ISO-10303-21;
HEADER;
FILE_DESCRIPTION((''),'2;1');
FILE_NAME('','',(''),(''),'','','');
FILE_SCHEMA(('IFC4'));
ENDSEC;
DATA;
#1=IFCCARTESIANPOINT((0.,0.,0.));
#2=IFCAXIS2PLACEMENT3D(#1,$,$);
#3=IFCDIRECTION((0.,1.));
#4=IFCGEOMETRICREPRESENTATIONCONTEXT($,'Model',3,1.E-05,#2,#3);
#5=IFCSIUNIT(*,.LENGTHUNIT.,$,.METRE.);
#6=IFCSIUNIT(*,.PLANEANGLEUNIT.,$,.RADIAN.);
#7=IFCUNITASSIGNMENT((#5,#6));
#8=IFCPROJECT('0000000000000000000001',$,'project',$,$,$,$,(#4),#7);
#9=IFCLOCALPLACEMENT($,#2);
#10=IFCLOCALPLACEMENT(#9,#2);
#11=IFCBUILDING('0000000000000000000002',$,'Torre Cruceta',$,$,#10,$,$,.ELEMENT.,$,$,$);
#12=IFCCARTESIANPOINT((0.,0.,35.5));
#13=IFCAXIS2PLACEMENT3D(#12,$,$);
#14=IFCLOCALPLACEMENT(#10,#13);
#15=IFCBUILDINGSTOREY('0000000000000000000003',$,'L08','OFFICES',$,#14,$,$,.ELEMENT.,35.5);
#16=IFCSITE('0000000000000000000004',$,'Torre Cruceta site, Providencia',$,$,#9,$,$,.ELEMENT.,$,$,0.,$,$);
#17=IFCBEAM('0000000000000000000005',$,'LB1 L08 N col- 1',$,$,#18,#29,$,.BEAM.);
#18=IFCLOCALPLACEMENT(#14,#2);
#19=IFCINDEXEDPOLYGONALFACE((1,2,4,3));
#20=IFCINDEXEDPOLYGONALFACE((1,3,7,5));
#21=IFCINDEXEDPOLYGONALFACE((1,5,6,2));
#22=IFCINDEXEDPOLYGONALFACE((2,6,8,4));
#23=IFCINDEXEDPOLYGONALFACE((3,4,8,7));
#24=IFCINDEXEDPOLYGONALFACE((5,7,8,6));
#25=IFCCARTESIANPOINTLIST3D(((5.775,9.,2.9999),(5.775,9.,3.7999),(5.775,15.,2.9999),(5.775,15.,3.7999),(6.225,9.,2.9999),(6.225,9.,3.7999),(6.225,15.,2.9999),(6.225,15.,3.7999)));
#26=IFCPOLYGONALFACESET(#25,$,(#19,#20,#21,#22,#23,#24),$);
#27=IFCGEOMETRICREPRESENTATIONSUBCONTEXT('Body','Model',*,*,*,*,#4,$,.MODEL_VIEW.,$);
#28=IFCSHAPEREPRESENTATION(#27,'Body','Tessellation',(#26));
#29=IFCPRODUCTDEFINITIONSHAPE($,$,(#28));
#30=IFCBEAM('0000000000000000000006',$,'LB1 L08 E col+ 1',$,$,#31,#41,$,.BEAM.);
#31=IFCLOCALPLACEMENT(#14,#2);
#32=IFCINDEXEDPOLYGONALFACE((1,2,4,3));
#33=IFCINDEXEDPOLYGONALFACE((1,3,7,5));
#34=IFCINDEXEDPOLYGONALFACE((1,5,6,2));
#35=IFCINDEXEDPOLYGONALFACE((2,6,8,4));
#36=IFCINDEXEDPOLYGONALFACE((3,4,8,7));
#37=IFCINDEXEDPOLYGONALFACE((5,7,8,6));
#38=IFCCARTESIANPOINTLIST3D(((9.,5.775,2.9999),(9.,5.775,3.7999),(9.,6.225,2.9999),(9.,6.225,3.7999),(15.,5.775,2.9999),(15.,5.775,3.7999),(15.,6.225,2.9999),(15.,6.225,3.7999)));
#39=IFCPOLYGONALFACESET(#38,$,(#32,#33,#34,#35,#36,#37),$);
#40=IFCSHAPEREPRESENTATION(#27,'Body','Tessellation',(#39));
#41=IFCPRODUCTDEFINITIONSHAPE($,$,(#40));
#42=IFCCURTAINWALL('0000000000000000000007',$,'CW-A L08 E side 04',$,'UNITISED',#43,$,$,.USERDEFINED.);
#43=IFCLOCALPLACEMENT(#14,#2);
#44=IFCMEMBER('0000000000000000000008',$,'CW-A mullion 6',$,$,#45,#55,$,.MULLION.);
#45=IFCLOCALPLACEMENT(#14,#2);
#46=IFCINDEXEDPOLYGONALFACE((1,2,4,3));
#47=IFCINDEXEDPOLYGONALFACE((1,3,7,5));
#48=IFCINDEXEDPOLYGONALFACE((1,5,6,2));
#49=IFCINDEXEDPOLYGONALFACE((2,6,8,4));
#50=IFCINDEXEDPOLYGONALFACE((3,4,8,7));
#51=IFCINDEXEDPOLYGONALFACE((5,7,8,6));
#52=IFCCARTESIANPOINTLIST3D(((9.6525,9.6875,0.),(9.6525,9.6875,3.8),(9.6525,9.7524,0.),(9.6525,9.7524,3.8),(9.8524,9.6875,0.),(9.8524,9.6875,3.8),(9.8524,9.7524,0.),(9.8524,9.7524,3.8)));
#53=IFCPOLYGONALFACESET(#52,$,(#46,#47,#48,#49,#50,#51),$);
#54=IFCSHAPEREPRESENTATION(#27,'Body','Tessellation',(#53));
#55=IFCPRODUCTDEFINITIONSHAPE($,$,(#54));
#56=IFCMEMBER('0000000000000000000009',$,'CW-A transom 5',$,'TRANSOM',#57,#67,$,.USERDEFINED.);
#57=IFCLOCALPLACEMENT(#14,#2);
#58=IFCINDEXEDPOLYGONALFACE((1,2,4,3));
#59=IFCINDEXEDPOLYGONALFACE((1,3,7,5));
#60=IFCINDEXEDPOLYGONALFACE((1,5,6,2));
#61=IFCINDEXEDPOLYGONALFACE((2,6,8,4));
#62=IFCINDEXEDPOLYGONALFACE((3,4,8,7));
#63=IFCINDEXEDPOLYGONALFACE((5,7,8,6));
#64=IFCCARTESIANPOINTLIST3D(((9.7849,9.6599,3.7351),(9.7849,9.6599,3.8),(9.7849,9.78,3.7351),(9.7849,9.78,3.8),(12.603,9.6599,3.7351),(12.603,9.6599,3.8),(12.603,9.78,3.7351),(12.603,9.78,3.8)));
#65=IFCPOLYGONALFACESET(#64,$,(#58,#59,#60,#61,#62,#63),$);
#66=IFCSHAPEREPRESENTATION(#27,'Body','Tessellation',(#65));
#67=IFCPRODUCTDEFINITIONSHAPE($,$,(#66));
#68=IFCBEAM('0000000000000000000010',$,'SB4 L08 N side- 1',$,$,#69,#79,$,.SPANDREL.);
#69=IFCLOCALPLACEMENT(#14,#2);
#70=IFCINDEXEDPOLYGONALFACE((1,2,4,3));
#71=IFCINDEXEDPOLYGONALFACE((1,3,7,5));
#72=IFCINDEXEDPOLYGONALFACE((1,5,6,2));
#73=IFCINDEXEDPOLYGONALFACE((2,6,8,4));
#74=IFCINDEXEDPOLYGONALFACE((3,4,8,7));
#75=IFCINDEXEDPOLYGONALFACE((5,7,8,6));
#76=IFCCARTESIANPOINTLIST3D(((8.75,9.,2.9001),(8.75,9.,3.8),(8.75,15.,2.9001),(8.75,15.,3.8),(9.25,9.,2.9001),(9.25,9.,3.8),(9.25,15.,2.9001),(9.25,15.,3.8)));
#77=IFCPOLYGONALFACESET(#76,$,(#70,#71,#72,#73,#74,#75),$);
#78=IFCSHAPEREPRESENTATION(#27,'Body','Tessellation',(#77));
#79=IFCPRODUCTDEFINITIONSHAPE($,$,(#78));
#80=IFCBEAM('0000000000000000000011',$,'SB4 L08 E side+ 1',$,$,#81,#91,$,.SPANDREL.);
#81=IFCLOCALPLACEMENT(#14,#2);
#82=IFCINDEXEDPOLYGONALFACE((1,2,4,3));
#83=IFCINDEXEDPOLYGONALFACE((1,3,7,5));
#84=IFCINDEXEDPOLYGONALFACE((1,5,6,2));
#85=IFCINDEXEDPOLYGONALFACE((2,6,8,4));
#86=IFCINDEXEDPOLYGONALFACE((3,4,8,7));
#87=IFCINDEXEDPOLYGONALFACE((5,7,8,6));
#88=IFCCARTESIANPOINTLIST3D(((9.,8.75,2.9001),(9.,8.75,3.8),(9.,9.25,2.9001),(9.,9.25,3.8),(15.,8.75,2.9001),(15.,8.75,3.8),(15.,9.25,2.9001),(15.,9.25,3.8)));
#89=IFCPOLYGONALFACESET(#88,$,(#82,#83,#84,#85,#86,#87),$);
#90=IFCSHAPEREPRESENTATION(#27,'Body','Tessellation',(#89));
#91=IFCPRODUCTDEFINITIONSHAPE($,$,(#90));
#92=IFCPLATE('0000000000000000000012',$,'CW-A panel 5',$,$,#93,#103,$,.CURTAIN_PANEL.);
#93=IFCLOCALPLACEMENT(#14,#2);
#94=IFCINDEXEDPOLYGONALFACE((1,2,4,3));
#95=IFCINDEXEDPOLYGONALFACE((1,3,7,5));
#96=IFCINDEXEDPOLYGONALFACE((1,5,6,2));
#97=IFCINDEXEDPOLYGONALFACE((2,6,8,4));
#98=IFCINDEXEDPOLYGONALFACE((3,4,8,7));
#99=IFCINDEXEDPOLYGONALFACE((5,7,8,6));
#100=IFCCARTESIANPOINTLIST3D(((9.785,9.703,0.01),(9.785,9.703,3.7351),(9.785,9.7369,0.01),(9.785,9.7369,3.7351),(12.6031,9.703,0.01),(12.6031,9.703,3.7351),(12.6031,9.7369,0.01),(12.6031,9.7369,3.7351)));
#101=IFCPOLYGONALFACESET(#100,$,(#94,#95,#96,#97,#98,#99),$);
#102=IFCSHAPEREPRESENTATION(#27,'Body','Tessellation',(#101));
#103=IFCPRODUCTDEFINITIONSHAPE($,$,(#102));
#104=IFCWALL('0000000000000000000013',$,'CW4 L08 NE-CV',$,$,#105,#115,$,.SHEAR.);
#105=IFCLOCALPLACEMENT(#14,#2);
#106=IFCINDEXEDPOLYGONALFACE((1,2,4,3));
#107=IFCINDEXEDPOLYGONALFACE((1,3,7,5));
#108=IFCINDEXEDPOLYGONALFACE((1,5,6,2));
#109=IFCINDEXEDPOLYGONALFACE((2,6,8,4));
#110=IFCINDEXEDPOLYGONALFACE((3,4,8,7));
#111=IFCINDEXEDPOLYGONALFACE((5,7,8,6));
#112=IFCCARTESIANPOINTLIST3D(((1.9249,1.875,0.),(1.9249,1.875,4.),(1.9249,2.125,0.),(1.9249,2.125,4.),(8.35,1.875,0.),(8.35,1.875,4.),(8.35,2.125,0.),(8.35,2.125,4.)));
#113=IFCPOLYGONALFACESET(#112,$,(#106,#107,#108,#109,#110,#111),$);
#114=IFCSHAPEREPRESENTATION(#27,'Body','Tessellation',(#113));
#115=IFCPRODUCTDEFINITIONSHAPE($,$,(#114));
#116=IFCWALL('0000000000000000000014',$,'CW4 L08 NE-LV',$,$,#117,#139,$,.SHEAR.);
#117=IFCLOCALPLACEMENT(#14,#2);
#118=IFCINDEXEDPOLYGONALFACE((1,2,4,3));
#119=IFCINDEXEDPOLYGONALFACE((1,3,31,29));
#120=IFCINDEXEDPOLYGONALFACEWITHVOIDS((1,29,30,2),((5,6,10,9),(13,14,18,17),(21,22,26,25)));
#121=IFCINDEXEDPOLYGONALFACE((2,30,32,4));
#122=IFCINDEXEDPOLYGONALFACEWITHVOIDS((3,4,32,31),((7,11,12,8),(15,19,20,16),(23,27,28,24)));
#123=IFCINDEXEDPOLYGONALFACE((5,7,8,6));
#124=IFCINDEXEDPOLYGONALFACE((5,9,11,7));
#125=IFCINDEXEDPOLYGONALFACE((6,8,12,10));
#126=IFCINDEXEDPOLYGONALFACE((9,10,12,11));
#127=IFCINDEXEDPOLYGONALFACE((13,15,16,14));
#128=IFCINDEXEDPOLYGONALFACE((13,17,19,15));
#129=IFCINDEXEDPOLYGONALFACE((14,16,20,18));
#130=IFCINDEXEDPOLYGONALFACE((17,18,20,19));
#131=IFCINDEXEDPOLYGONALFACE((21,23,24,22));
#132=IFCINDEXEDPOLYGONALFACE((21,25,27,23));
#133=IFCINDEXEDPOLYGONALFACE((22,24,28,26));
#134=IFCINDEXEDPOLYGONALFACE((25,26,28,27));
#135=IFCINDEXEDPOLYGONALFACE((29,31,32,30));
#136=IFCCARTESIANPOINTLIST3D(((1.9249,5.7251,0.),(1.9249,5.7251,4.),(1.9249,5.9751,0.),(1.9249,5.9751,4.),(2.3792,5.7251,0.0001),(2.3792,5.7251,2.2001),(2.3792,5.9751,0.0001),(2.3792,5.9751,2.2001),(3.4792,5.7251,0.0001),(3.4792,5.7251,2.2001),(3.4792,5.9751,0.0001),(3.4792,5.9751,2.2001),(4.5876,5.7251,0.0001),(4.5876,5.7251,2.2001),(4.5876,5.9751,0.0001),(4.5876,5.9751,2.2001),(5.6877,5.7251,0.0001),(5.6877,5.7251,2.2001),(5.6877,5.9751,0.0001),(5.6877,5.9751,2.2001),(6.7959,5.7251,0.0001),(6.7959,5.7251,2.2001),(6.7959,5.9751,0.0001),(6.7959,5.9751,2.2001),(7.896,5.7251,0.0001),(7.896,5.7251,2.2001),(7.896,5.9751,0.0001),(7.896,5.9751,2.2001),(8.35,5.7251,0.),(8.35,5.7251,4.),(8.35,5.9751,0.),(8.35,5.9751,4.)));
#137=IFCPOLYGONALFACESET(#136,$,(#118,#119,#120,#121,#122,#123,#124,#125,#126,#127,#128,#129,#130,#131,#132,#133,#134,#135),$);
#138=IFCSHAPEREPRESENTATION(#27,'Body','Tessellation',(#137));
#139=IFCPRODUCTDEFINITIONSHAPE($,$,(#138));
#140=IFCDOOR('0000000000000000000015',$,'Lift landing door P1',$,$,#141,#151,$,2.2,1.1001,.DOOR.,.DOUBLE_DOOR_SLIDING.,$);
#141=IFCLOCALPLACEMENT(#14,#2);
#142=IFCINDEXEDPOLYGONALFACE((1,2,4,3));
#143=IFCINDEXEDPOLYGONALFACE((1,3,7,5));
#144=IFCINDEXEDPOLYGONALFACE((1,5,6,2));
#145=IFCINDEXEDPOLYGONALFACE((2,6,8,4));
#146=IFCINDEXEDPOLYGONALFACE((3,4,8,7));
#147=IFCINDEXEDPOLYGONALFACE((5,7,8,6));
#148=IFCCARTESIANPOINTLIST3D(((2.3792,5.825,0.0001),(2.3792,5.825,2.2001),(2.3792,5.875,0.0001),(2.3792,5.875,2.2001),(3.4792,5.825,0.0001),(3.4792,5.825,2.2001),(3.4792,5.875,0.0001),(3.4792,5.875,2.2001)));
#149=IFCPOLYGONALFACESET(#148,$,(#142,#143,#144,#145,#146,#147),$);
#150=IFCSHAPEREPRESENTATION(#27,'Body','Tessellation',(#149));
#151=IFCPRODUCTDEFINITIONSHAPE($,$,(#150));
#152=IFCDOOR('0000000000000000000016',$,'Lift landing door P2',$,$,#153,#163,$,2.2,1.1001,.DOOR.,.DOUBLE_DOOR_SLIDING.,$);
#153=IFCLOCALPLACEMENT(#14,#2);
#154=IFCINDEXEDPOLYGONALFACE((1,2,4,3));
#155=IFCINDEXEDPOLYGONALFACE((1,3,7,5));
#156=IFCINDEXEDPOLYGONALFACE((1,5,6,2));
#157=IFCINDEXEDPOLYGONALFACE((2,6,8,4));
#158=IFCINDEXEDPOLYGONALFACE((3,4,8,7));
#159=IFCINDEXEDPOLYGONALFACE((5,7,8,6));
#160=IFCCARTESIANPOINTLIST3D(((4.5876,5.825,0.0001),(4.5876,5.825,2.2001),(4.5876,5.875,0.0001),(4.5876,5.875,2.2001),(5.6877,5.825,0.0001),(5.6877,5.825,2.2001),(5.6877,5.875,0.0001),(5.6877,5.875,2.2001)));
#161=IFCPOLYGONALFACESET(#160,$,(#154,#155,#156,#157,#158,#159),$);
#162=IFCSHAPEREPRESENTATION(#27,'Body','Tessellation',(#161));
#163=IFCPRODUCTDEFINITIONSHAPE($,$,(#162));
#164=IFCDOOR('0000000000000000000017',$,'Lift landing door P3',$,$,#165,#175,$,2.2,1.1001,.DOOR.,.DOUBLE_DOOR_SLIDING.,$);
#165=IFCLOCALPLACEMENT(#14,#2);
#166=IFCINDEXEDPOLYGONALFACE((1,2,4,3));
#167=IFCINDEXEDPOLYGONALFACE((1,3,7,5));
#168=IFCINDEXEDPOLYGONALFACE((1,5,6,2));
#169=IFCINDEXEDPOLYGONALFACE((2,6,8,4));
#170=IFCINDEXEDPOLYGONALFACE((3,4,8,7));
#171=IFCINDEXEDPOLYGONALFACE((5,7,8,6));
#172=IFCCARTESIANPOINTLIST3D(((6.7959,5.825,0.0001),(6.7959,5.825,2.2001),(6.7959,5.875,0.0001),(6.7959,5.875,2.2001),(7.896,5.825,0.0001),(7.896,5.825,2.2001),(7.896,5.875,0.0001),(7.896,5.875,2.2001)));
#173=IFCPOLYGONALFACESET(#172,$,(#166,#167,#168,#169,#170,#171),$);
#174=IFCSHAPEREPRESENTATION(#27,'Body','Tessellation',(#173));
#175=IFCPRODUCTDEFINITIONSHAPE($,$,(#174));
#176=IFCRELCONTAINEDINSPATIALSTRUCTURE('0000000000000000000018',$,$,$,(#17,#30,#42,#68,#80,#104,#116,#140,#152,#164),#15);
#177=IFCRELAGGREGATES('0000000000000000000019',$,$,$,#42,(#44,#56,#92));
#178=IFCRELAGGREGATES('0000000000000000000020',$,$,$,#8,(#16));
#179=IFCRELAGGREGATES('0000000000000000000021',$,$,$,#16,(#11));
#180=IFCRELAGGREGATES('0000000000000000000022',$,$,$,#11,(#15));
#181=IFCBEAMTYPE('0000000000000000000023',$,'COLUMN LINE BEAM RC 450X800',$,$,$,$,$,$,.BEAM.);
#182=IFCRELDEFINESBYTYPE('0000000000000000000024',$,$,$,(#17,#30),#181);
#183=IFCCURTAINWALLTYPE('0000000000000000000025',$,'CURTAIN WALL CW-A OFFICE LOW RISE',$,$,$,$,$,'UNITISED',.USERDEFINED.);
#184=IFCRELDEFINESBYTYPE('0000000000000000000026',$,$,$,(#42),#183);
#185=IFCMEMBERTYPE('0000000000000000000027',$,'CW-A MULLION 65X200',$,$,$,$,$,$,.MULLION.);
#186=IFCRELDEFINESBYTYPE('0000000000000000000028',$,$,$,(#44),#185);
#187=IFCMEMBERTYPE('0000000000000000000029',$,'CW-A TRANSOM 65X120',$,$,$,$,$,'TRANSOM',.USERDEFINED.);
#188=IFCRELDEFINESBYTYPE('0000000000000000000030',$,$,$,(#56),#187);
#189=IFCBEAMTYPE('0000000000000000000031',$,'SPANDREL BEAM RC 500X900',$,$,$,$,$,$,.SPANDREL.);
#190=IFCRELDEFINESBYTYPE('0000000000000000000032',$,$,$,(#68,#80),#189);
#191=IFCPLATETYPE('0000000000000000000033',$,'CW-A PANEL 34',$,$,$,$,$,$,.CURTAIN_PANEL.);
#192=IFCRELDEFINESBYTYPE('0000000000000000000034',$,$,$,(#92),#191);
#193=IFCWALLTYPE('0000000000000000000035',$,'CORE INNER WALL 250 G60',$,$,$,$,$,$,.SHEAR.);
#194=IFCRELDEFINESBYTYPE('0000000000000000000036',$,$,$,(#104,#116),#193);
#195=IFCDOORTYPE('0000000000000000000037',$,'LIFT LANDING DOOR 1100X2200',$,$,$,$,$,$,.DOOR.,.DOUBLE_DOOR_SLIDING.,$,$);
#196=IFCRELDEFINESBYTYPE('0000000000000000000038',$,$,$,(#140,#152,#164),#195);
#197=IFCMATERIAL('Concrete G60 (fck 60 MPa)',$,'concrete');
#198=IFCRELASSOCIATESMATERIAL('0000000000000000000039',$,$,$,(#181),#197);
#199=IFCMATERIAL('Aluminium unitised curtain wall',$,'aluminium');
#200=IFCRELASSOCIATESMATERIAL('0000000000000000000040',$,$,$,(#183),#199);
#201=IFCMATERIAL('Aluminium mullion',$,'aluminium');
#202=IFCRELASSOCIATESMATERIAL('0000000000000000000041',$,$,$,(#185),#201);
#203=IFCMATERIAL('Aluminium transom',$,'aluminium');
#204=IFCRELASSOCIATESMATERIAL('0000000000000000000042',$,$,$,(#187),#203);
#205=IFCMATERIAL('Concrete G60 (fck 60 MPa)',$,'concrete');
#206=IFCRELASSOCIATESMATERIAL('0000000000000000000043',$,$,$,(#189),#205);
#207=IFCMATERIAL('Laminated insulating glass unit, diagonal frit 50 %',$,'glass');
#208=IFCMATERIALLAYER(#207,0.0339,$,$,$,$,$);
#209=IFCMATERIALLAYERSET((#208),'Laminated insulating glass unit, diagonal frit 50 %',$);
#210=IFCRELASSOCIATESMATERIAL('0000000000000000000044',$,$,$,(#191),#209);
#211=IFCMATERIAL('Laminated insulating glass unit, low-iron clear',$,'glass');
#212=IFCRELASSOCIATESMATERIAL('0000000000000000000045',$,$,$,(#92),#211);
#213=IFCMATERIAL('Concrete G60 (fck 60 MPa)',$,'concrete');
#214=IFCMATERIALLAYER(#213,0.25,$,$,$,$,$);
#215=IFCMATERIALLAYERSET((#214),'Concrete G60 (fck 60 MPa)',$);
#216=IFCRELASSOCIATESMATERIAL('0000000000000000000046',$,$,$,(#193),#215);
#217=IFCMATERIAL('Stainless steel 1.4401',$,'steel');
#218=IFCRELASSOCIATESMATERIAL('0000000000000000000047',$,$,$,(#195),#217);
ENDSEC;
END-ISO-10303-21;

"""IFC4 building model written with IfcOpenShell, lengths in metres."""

from ifc_helpers import new_model, si_unit, direction, frame, frame_2d, origin, origin_2d, place, context, subcontext, project, spatial, rectangle, extrude, material, layer, layer_set, material_profile, profile_set, type_object, element, fill, aggregate, save


model = new_model("IFC4")

# Units and contexts
model_context = context("Model", 3, precision=1e-05, world=origin(), true_north=direction((0.0, 1.0)))
body_context = subcontext(model_context, "Body", "Model", "MODEL_VIEW")
ifc_project = project(units=[si_unit("LENGTHUNIT", "METRE"), si_unit("PLANEANGLEUNIT", "RADIAN")], contexts=[model_context])

# Site, building, storey
site_placement = place(None, origin())
site = spatial("IfcSite", under=ifc_project, at=site_placement, Name="Torre Cruceta site, Providencia", CompositionType="ELEMENT", RefElevation=0.0)
building_placement = place(site_placement, origin())
building = spatial("IfcBuilding", under=site, at=building_placement, Name="Torre Cruceta", CompositionType="ELEMENT")
storey_placement = place(building_placement, frame((0.0, 0.0, 35.5)))
storey = spatial("IfcBuildingStorey", under=building, at=storey_placement, Name="L08", Description="OFFICES", CompositionType="ELEMENT", Elevation=35.5)

# Beams
ifc_material_1 = material(Name="Concrete G60 (fck 60 MPa)", Category="concrete")
ifc_material_profile_1 = material_profile(ifc_material_1, rectangle(XDim=0.45, YDim=0.8, at=origin_2d()), Name="RC 450X800")
ifc_profile_set_1 = profile_set([ifc_material_profile_1], Name="Concrete G60 (fck 60 MPa)")
beam_type_1 = type_object("IfcBeamType", Name="COLUMN LINE BEAM RC 450X800", PredefinedType="BEAM", material=ifc_profile_set_1)
for number, where, z_axis, x_axis, name in (
    (1, (6.0, 9.0, 3.3999), (0.0, 1.0, 0.0), (-1.0, 0.0, 0.0), "LB1 L08 N col- 1"),
    (2, (9.0, 6.0, 3.3999), (1.0, 0.0, 0.0), (0.0, 1.0, 0.0), "LB1 L08 E col+ 1"),
):
    element("IfcBeam", number, at=place(storey_placement, frame(where, z_axis=z_axis, x_axis=x_axis)), inside=storey, type_object=beam_type_1, Name=name, PredefinedType="BEAM", context=body_context, shape_type="SweptSolid", body=[
        extrude(rectangle(XDim=0.45, YDim=0.8, at=origin_2d()), origin(), (0.0, 0.0, 1.0), 6.0),
    ])

# Curtain wall, members
ifc_material_2 = material(Name="Aluminium unitised curtain wall", Category="aluminium")
curtain_wall_type = type_object("IfcCurtainWallType", Name="CURTAIN WALL CW-A OFFICE LOW RISE", ElementType="UNITISED", PredefinedType="USERDEFINED", material=ifc_material_2)
curtain_wall_placement = place(storey_placement, origin())
curtain_wall = element("IfcCurtainWall", 3, at=curtain_wall_placement, inside=storey, type_object=curtain_wall_type, Name="CW-A L08 E side 04", ObjectType="UNITISED", PredefinedType="USERDEFINED")
ifc_material_3 = material(Name="Aluminium mullion", Category="aluminium")
ifc_material_profile_2 = material_profile(ifc_material_3, rectangle(XDim=0.0649, YDim=0.2, at=origin_2d()), Name="AL 65X200")
ifc_profile_set_2 = profile_set([ifc_material_profile_2], Name="Aluminium mullion")
member_type_1 = type_object("IfcMemberType", Name="CW-A MULLION 65X200", PredefinedType="MULLION", material=ifc_profile_set_2)
member_1_placement = place(storey_placement, frame((9.7524, 9.72, 0.0), z_axis=(0.0, 0.0, 1.0), x_axis=(0.0, -1.0, 0.0)))
member_1 = element("IfcMember", 4, at=member_1_placement, type_object=member_type_1, Name="CW-A mullion 6", PredefinedType="MULLION", context=body_context, shape_type="SweptSolid", body=[
    extrude(rectangle(XDim=0.0649, YDim=0.2, at=origin_2d()), origin(), (0.0, 0.0, 1.0), 3.8),
])
ifc_material_4 = material(Name="Aluminium transom", Category="aluminium")
ifc_material_profile_3 = material_profile(ifc_material_4, rectangle(XDim=0.1201, YDim=0.0649, at=origin_2d()), Name="AL 120X65")
ifc_profile_set_3 = profile_set([ifc_material_profile_3], Name="Aluminium transom")
member_type_2 = type_object("IfcMemberType", Name="CW-A TRANSOM 65X120", ElementType="TRANSOM", PredefinedType="USERDEFINED", material=ifc_profile_set_3)
member_2_placement = place(storey_placement, frame((12.603, 9.72, 3.7676), z_axis=(-1.0, 0.0, 0.0), x_axis=(0.0, -1.0, 0.0)))
member_2 = element("IfcMember", 5, at=member_2_placement, type_object=member_type_2, Name="CW-A transom 5", ObjectType="TRANSOM", PredefinedType="USERDEFINED", context=body_context, shape_type="SweptSolid", body=[
    extrude(rectangle(XDim=0.1201, YDim=0.0649, at=origin_2d()), origin(), (0.0, 0.0, 1.0), 2.8181),
])

# Beams
ifc_material_5 = material(Name="Concrete G60 (fck 60 MPa)", Category="concrete")
ifc_material_profile_4 = material_profile(ifc_material_5, rectangle(XDim=0.5, YDim=0.8999, at=origin_2d()), Name="RC 500X900")
ifc_profile_set_4 = profile_set([ifc_material_profile_4], Name="Concrete G60 (fck 60 MPa)")
beam_type_2 = type_object("IfcBeamType", Name="SPANDREL BEAM RC 500X900", PredefinedType="SPANDREL", material=ifc_profile_set_4)
for number, where, z_axis, x_axis, name in (
    (6, (9.0, 9.0, 3.3501), (0.0, 1.0, 0.0), (-1.0, 0.0, 0.0), "SB4 L08 N side- 1"),
    (7, (9.0, 9.0, 3.3501), (1.0, 0.0, 0.0), (0.0, 1.0, 0.0), "SB4 L08 E side+ 1"),
):
    element("IfcBeam", number, at=place(storey_placement, frame(where, z_axis=z_axis, x_axis=x_axis)), inside=storey, type_object=beam_type_2, Name=name, PredefinedType="SPANDREL", context=body_context, shape_type="SweptSolid", body=[
        extrude(rectangle(XDim=0.5, YDim=0.8999, at=origin_2d()), origin(), (0.0, 0.0, 1.0), 6.0),
    ])

# Plate
ifc_material_6 = material(Name="Laminated insulating glass unit, low-iron clear", Category="glass")
ifc_material_7 = material(Name="Laminated insulating glass unit, diagonal frit 50 %", Category="glass")
ifc_layer_1 = layer(ifc_material_7, 0.0339)
ifc_layer_set_1 = layer_set([ifc_layer_1], Name="Laminated insulating glass unit, diagonal frit 50 %")
plate_type = type_object("IfcPlateType", Name="CW-A PANEL 34", PredefinedType="CURTAIN_PANEL", material=ifc_layer_set_1)
plate_placement = place(storey_placement, frame((11.1941, 9.72, 0.01), z_axis=(0.0, 0.0, 1.0), x_axis=(-1.0, 0.0, 0.0)))
plate = element("IfcPlate", 8, at=plate_placement, type_object=plate_type, material=ifc_material_6, Name="CW-A panel 5", PredefinedType="CURTAIN_PANEL", context=body_context, shape_type="SweptSolid", body=[
    extrude(rectangle(XDim=2.8181, YDim=0.0339, at=origin_2d()), origin(), (0.0, 0.0, 1.0), 3.7251),
])
aggregate(curtain_wall, [member_1, member_2, plate])

# Shared definitions
ifc_material_8 = material(Name="Concrete G60 (fck 60 MPa)", Category="concrete")
ifc_layer_2 = layer(ifc_material_8, 0.25)
ifc_layer_set_2 = layer_set([ifc_layer_2], Name="Concrete G60 (fck 60 MPa)")
wall_type_1 = type_object("IfcWallType", Name="CORE INNER WALL 250 G60", PredefinedType="SHEAR", material=ifc_layer_set_2)

# Wall
wall_1_placement = place(storey_placement, frame((1.925, 2.0, 0.0), z_axis=(0.0, 0.0, 1.0), x_axis=(1.0, 0.0, 0.0)))
element("IfcWall", 9, at=wall_1_placement, inside=storey, type_object=wall_type_1, Name="CW4 L08 NE-CV", PredefinedType="SHEAR", context=body_context, shape_type="SweptSolid", body=[
    extrude(rectangle(XDim=6.425, YDim=0.25, at=frame_2d((3.2124, 0.0))), origin(), (0.0, 0.0, 1.0), 4.0),
])

# Wall, openings, doors
wall_2_placement = place(storey_placement, frame((1.925, 5.8501, 0.0), z_axis=(0.0, 0.0, 1.0), x_axis=(1.0, 0.0, 0.0)))
wall_2 = element("IfcWall", 10, at=wall_2_placement, inside=storey, type_object=wall_type_1, Name="CW4 L08 NE-LV", PredefinedType="SHEAR", context=body_context, shape_type="SweptSolid", body=[
    extrude(rectangle(XDim=6.425, YDim=0.25, at=frame_2d((3.2124, 0.0))), origin(), (0.0, 0.0, 1.0), 4.0),
])
opening_1_placement = place(wall_2_placement, frame((0.4541, 0.0, 0.0)))
opening_1 = element("IfcOpeningElement", 11, at=opening_1_placement, cuts=wall_2, PredefinedType="OPENING", context=body_context, shape_type="SweptSolid", body=[
    extrude(rectangle(XDim=1.1001, YDim=2.2, at=frame_2d((0.55, 1.1001))), frame((0.0, 0.135, 0.0), z_axis=(0.0, -1.0, 0.0), x_axis=(1.0, 0.0, 0.0)), (0.0, 0.0, 1.0), 0.27),
])
opening_2_placement = place(wall_2_placement, frame((2.6626, 0.0, 0.0)))
opening_2 = element("IfcOpeningElement", 12, at=opening_2_placement, cuts=wall_2, PredefinedType="OPENING", context=body_context, shape_type="SweptSolid", body=[
    extrude(rectangle(XDim=1.1001, YDim=2.2, at=frame_2d((0.55, 1.1001))), frame((0.0, 0.135, 0.0), z_axis=(0.0, -1.0, 0.0), x_axis=(1.0, 0.0, 0.0)), (0.0, 0.0, 1.0), 0.27),
])
opening_3_placement = place(wall_2_placement, frame((4.8708, 0.0, 0.0)))
opening_3 = element("IfcOpeningElement", 13, at=opening_3_placement, cuts=wall_2, PredefinedType="OPENING", context=body_context, shape_type="SweptSolid", body=[
    extrude(rectangle(XDim=1.1001, YDim=2.2, at=frame_2d((0.55, 1.1001))), frame((0.0, 0.135, 0.0), z_axis=(0.0, -1.0, 0.0), x_axis=(1.0, 0.0, 0.0)), (0.0, 0.0, 1.0), 0.27),
])
ifc_material_9 = material(Name="Stainless steel 1.4401", Category="steel")
door_type_1 = type_object("IfcDoorType", Name="LIFT LANDING DOOR 1100X2200", OperationType="DOUBLE_DOOR_SLIDING", PredefinedType="DOOR", material=ifc_material_9)
door_1_placement = place(opening_1_placement, origin())
door_1 = element("IfcDoor", 14, at=door_1_placement, inside=storey, type_object=door_type_1, Name="Lift landing door P1", OperationType="DOUBLE_DOOR_SLIDING", OverallHeight=2.2, OverallWidth=1.1001, PredefinedType="DOOR", context=body_context, shape_type="SweptSolid", body=[
    extrude(rectangle(XDim=1.1001, YDim=2.2, at=frame_2d((0.55, 1.1001))), frame((0.0, 0.0249, 0.0), z_axis=(0.0, -1.0, 0.0), x_axis=(1.0, 0.0, 0.0)), (0.0, 0.0, 1.0), 0.05),
])
fill(opening_1, door_1)
door_2_placement = place(opening_2_placement, origin())
door_2 = element("IfcDoor", 15, at=door_2_placement, inside=storey, type_object=door_type_1, Name="Lift landing door P2", OperationType="DOUBLE_DOOR_SLIDING", OverallHeight=2.2, OverallWidth=1.1001, PredefinedType="DOOR", context=body_context, shape_type="SweptSolid", body=[
    extrude(rectangle(XDim=1.1001, YDim=2.2, at=frame_2d((0.55, 1.1001))), frame((0.0, 0.0249, 0.0), z_axis=(0.0, -1.0, 0.0), x_axis=(1.0, 0.0, 0.0)), (0.0, 0.0, 1.0), 0.05),
])
fill(opening_2, door_2)
door_3_placement = place(opening_3_placement, origin())
door_3 = element("IfcDoor", 16, at=door_3_placement, inside=storey, type_object=door_type_1, Name="Lift landing door P3", OperationType="DOUBLE_DOOR_SLIDING", OverallHeight=2.2, OverallWidth=1.1001, PredefinedType="DOOR", context=body_context, shape_type="SweptSolid", body=[
    extrude(rectangle(XDim=1.1001, YDim=2.2, at=frame_2d((0.55, 1.1001))), frame((0.0, 0.0249, 0.0), z_axis=(0.0, -1.0, 0.0), x_axis=(1.0, 0.0, 0.0)), (0.0, 0.0, 1.0), 0.05),
])
fill(opening_3, door_3)

save(model, "model.ifc")
